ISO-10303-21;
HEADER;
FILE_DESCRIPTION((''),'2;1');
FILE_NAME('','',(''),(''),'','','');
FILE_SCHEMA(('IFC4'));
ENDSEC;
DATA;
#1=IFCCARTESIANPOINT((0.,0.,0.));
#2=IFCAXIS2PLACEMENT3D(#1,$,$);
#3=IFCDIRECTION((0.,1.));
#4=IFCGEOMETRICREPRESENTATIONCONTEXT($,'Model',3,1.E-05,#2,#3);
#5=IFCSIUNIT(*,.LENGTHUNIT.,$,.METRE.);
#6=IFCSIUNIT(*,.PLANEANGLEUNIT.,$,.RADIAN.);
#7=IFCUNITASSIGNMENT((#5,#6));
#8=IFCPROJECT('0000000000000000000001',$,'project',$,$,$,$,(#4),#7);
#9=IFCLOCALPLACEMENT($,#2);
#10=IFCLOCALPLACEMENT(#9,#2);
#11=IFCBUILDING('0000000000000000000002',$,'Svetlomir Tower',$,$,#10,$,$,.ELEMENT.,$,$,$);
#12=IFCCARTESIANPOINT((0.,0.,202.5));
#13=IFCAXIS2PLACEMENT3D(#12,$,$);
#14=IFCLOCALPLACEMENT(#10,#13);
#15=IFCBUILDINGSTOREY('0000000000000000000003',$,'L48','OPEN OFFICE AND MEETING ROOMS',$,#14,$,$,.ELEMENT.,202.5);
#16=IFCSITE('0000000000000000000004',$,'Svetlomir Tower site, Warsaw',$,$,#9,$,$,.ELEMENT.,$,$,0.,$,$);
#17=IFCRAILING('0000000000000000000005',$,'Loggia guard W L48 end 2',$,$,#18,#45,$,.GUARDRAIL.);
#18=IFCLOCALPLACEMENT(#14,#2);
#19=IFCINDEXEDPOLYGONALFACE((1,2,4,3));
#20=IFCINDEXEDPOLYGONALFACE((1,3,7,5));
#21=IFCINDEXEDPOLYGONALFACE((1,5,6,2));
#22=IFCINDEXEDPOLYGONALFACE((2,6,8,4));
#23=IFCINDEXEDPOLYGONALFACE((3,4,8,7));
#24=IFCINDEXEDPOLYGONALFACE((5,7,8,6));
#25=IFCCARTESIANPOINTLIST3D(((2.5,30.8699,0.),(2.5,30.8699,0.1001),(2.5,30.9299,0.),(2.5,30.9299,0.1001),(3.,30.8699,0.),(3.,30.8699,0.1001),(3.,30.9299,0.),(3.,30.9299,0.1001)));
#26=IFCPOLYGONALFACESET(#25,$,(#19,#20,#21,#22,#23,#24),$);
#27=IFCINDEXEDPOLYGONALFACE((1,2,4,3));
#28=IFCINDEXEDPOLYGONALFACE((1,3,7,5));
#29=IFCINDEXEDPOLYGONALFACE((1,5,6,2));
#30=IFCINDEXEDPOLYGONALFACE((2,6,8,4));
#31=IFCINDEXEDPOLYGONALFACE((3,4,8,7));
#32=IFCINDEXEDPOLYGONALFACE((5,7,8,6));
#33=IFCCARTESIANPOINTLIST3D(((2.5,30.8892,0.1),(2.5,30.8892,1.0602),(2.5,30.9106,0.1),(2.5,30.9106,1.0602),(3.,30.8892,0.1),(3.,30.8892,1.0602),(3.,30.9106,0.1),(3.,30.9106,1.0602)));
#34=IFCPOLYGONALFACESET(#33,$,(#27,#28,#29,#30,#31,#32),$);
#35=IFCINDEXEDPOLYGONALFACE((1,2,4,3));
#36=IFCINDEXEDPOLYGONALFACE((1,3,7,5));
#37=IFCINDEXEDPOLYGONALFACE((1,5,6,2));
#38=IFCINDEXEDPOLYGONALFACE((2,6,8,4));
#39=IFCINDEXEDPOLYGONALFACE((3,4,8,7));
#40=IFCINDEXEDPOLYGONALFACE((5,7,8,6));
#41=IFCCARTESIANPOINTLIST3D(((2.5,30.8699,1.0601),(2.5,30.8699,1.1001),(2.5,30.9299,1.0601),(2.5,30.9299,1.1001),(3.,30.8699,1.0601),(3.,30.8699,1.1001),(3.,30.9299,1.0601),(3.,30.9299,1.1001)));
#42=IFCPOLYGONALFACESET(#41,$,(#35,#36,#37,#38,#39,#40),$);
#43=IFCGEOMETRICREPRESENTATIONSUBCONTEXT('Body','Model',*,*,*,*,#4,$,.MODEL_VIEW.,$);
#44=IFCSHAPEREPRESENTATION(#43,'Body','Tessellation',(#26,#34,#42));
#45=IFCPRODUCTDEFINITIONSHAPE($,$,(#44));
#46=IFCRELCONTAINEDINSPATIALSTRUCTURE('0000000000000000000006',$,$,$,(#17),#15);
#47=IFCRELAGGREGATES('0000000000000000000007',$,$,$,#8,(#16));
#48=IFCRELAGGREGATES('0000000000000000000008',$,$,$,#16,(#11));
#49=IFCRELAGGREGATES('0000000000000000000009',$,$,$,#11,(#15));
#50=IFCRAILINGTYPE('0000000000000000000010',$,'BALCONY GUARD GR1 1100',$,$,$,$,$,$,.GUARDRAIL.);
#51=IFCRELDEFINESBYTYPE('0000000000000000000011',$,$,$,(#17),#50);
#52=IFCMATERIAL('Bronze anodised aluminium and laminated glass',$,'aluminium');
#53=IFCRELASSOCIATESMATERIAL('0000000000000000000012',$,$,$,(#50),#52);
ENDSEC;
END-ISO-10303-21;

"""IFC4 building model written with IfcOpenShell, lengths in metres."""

from ifc_helpers import new_model, si_unit, direction, frame, origin, origin_2d, place, context, subcontext, project, spatial, rectangle, extrude, material, type_object, element, save


model = new_model("IFC4")

# Units and contexts
model_context = context("Model", 3, precision=1e-05, world=origin(), true_north=direction((0.0, 1.0)))
body_context = subcontext(model_context, "Body", "Model", "MODEL_VIEW")
ifc_project = project(units=[si_unit("LENGTHUNIT", "METRE"), si_unit("PLANEANGLEUNIT", "RADIAN")], contexts=[model_context])

# Site, building, storey
site_placement = place(None, origin())
site = spatial("IfcSite", under=ifc_project, at=site_placement, Name="Svetlomir Tower site, Warsaw", CompositionType="ELEMENT", RefElevation=0.0)
building_placement = place(site_placement, origin())
building = spatial("IfcBuilding", under=site, at=building_placement, Name="Svetlomir Tower", CompositionType="ELEMENT")
storey_placement = place(building_placement, frame((0.0, 0.0, 202.5)))
storey = spatial("IfcBuildingStorey", under=building, at=storey_placement, Name="L48", Description="OPEN OFFICE AND MEETING ROOMS", CompositionType="ELEMENT", Elevation=202.5)

# Railing
ifc_material_1 = material(Name="Bronze anodised aluminium and laminated glass", Category="aluminium")
railing_type = type_object("IfcRailingType", Name="BALCONY GUARD GR1 1100", PredefinedType="GUARDRAIL", material=ifc_material_1)
railing_1_placement = place(storey_placement, frame((2.5, 30.8999, 0.0)))
element("IfcRailing", 1, at=railing_1_placement, inside=storey, type_object=railing_type, Name="Loggia guard W L48 end 2", PredefinedType="GUARDRAIL", context=body_context, shape_type="SweptSolid", body=[
    extrude(rectangle(XDim=0.0601, YDim=0.1001, at=origin_2d()), frame((0.0, 0.0, 0.05), z_axis=(1.0, 0.0, 0.0), x_axis=(0.0, 1.0, 0.0)), (0.0, 0.0, 1.0), 0.5),
    extrude(rectangle(XDim=0.0215, YDim=0.9602, at=origin_2d()), frame((0.0, 0.0, 0.5801), z_axis=(1.0, 0.0, 0.0), x_axis=(0.0, 1.0, 0.0)), (0.0, 0.0, 1.0), 0.5),
    extrude(rectangle(XDim=0.0601, YDim=0.04, at=origin_2d()), frame((0.0, 0.0, 1.0801), z_axis=(1.0, 0.0, 0.0), x_axis=(0.0, 1.0, 0.0)), (0.0, 0.0, 1.0), 0.5),
])

save(model, "model.ifc")
